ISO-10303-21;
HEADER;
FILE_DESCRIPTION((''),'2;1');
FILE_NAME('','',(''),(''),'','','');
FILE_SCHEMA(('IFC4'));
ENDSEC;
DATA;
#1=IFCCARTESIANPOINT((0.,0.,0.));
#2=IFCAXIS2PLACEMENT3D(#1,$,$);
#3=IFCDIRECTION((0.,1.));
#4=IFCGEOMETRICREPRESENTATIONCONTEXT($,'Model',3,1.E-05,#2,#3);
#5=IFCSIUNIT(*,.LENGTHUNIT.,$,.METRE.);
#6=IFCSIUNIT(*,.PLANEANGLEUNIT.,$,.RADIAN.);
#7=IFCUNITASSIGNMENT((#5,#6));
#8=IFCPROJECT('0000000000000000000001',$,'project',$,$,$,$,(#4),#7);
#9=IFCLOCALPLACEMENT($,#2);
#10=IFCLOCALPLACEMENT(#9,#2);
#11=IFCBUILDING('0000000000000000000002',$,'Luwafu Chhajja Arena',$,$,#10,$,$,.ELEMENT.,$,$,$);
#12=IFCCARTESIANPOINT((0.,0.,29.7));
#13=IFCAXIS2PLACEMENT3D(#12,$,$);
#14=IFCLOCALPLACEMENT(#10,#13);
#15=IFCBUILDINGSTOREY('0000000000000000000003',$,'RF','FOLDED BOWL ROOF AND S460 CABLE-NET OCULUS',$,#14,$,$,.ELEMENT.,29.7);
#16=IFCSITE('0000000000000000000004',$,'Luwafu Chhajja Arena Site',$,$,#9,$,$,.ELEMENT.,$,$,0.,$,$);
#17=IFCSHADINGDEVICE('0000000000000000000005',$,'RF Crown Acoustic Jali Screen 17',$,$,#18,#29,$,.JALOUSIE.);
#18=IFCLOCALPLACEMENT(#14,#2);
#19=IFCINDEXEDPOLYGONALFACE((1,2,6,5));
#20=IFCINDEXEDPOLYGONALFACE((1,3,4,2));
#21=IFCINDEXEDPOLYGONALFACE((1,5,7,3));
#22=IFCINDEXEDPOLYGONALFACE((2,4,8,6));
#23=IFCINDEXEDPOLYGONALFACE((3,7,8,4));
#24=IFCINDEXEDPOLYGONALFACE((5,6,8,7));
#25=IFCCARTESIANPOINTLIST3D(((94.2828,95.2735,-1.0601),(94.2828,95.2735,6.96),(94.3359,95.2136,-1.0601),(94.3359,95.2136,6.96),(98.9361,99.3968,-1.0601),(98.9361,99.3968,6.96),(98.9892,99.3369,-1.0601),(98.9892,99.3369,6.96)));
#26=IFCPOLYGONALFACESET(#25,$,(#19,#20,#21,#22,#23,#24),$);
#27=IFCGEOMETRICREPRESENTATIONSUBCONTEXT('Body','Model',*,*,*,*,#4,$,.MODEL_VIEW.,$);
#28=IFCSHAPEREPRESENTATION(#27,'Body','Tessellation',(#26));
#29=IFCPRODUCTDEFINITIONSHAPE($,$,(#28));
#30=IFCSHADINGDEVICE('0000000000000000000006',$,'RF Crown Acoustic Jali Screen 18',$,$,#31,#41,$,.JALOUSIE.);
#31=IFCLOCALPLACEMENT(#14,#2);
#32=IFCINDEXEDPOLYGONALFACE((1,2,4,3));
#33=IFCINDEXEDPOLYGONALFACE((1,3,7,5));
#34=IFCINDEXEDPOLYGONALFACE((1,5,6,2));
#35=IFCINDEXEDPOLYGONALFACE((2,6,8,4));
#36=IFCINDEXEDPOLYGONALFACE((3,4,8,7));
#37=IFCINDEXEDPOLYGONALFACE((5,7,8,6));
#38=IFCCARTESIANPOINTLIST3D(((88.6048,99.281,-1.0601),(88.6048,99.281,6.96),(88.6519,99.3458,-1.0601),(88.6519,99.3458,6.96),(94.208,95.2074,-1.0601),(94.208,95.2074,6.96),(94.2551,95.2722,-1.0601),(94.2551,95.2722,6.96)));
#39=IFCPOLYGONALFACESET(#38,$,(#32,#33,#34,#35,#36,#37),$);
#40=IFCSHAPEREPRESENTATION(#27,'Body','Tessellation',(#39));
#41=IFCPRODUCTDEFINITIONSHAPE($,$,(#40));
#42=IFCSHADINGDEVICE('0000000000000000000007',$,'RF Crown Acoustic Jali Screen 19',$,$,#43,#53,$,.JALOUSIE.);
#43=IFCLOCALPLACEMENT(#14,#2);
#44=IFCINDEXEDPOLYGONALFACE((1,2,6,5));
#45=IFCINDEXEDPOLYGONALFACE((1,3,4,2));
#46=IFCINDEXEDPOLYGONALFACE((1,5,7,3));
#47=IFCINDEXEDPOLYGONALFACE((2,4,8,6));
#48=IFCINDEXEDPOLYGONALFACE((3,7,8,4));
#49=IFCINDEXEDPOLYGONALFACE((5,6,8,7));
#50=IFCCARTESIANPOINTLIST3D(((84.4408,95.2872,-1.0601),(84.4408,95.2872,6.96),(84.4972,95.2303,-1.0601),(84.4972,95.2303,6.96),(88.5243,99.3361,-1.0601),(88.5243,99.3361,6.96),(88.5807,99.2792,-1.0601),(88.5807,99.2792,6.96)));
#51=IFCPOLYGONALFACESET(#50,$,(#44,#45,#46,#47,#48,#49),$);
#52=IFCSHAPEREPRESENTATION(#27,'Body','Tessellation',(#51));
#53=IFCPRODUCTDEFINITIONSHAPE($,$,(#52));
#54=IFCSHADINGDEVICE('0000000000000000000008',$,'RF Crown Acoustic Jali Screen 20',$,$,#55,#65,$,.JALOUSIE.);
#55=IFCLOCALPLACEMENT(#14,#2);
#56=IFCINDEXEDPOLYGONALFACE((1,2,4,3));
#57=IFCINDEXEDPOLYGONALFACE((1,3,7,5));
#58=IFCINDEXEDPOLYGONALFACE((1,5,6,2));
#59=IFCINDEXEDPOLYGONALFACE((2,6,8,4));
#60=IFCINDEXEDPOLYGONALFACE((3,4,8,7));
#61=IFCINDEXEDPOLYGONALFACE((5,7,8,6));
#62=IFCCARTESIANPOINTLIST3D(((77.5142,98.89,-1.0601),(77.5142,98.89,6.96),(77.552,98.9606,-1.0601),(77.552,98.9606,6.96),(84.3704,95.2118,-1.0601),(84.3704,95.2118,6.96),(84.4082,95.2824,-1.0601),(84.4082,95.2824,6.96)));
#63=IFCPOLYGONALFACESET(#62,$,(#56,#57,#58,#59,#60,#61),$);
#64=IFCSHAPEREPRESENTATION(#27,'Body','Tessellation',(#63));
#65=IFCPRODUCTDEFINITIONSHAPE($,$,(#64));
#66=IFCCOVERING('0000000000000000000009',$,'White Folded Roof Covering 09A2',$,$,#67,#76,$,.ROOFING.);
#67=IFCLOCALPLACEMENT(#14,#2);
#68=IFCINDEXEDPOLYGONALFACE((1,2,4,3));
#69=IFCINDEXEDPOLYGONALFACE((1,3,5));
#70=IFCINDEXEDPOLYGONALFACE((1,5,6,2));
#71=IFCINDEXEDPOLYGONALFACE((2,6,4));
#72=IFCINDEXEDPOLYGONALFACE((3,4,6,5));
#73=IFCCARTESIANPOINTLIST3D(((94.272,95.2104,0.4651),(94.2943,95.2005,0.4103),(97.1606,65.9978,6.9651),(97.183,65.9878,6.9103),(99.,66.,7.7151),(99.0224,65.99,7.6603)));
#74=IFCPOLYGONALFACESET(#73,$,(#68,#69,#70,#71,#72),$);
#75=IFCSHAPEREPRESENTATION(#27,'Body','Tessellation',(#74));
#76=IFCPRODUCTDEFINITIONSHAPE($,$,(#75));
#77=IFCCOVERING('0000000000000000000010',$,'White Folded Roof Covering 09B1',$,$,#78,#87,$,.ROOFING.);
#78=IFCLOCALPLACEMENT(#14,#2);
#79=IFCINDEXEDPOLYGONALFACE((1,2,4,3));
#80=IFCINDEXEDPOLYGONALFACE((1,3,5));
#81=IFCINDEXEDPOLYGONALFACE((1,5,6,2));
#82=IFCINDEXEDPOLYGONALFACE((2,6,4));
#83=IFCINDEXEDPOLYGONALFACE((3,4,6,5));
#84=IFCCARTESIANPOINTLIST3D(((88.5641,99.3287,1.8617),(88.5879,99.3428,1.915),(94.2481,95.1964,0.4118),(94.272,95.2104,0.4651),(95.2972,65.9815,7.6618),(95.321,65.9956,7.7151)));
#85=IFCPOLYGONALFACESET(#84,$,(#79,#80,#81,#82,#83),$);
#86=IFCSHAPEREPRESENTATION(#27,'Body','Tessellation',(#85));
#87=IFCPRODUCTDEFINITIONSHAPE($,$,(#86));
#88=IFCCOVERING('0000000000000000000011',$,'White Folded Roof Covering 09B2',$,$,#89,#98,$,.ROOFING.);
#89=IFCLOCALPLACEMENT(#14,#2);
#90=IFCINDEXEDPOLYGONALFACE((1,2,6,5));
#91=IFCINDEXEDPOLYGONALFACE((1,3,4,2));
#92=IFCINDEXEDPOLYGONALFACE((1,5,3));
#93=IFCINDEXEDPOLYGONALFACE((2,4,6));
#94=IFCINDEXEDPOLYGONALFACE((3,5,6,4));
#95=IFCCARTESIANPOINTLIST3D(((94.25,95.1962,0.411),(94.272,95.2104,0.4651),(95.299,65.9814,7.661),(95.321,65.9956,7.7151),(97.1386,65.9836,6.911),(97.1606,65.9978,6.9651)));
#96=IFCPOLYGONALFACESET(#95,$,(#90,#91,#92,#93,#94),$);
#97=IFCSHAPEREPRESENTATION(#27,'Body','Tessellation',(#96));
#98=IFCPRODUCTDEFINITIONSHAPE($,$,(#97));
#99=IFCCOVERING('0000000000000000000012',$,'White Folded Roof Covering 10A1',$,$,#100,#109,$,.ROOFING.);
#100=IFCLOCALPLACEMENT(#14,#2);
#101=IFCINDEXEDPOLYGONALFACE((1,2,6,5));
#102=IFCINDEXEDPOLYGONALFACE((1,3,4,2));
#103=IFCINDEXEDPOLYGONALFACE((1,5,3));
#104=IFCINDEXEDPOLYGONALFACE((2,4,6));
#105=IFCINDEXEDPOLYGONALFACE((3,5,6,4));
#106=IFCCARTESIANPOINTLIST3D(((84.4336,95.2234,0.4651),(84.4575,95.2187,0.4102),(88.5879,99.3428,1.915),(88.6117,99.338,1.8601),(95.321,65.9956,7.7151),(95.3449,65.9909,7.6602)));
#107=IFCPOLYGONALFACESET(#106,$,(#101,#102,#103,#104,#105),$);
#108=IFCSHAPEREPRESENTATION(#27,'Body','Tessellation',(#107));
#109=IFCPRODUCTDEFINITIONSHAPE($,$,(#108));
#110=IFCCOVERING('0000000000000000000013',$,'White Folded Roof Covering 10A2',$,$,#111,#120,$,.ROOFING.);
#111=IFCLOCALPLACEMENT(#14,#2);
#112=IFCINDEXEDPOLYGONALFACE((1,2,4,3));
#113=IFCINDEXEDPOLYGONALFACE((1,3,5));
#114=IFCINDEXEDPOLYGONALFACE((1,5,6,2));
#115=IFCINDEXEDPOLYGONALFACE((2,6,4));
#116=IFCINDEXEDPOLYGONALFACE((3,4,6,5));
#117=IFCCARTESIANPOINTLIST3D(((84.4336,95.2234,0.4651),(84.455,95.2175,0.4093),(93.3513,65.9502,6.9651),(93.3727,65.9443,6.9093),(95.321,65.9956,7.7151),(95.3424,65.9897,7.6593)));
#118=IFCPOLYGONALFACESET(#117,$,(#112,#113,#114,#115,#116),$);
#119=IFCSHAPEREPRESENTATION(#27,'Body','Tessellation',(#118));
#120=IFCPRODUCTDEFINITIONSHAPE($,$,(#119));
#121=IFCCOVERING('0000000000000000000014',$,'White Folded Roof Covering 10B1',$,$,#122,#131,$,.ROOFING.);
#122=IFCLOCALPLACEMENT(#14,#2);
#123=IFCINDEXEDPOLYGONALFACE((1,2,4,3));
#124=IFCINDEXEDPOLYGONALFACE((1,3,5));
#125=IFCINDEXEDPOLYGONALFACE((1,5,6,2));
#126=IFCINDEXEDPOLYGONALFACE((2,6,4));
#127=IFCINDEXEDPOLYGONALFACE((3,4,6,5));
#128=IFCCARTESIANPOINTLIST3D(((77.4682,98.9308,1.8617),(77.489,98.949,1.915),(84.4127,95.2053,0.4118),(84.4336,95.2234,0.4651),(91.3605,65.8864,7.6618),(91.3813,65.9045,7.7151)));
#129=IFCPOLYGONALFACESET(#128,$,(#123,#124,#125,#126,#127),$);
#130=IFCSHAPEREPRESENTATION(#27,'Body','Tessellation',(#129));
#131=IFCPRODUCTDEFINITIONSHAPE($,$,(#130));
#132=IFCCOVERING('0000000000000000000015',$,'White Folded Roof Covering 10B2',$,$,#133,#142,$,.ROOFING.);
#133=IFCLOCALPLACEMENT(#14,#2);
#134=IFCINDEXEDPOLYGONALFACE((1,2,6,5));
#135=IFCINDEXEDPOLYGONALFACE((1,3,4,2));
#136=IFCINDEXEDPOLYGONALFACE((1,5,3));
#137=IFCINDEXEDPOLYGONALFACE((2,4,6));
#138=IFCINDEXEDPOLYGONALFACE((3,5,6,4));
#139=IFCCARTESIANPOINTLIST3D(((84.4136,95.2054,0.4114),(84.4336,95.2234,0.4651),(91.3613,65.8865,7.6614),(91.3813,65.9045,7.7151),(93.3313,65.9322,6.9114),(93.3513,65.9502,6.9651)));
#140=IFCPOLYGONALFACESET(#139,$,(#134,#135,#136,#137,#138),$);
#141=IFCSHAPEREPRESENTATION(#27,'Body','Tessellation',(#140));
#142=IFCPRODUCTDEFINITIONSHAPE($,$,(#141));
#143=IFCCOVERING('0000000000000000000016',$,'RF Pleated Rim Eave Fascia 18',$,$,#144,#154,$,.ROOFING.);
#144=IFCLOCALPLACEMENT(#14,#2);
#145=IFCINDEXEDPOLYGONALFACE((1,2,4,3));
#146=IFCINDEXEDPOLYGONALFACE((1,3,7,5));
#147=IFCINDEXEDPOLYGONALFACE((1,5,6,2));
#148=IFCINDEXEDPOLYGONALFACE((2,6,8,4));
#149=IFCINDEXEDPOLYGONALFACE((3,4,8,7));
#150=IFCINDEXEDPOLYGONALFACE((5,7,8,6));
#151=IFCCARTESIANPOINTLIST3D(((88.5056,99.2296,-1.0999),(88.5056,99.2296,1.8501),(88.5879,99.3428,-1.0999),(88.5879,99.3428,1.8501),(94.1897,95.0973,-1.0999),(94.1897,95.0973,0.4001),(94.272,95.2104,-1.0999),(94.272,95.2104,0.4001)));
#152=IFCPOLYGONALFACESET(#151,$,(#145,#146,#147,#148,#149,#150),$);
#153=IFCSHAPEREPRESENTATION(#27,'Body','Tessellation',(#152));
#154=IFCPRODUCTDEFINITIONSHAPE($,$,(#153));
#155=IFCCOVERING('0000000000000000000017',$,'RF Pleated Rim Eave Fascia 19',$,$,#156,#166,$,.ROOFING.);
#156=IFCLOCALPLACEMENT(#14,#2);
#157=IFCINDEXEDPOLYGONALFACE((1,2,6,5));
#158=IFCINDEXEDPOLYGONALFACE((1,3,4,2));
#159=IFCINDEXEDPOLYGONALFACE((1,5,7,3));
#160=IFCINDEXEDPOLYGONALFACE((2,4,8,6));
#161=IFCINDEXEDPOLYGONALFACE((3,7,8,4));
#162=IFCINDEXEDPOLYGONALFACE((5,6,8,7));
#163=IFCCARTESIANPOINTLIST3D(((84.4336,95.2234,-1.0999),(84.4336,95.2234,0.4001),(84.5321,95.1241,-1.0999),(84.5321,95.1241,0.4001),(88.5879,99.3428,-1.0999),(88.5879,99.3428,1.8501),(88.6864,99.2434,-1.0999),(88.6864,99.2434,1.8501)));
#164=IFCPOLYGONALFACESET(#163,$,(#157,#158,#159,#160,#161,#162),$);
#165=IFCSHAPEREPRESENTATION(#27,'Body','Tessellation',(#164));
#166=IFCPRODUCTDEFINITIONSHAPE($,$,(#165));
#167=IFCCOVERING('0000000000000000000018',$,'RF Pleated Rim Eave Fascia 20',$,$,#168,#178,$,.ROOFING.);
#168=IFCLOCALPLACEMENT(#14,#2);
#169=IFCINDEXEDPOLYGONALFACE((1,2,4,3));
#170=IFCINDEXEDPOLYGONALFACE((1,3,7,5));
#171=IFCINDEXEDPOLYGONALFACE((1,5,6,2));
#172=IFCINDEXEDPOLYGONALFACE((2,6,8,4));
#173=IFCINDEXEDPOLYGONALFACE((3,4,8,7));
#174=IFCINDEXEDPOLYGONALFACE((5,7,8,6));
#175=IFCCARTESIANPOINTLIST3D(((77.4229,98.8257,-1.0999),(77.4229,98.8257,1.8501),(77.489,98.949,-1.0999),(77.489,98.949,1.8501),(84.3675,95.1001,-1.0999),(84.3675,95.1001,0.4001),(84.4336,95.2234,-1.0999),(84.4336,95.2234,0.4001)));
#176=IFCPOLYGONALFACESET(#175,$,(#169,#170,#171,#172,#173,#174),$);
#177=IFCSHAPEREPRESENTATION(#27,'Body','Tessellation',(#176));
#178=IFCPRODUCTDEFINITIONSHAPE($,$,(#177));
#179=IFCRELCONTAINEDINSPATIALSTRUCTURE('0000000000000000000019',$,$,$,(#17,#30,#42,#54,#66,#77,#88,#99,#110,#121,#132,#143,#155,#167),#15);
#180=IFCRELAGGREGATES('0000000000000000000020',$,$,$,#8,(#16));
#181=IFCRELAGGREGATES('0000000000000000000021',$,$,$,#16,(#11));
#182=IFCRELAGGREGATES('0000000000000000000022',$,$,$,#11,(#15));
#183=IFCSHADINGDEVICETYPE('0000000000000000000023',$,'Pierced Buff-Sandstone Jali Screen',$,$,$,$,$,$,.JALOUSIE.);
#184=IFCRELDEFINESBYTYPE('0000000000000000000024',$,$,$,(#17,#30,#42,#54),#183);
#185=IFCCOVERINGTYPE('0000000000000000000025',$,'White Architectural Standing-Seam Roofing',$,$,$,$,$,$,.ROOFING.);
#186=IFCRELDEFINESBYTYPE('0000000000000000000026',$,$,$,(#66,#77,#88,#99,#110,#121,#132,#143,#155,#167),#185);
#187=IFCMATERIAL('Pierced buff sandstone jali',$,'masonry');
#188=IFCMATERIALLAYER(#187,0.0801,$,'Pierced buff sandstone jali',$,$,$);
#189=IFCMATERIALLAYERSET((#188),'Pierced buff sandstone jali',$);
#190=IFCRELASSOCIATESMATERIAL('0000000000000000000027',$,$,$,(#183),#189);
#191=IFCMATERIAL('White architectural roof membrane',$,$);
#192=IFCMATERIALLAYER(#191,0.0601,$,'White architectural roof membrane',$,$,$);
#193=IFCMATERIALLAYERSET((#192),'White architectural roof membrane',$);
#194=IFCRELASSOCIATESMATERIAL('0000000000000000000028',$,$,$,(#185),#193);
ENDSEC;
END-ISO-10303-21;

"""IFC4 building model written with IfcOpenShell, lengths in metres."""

from ifc_helpers import new_model, si_unit, direction, frame, origin, origin_2d, place, context, subcontext, project, spatial, polyline, rectangle, outline, extrude, material, layer, layer_set, type_object, element, save


model = new_model("IFC4")

# Units and contexts
model_context = context("Model", 3, precision=1e-05, world=origin(), true_north=direction((0.0, 1.0)))
body_context = subcontext(model_context, "Body", "Model", "MODEL_VIEW")
ifc_project = project(units=[si_unit("LENGTHUNIT", "METRE"), si_unit("PLANEANGLEUNIT", "RADIAN")], contexts=[model_context])

# Site, building, storey
site_placement = place(None, origin())
site = spatial("IfcSite", under=ifc_project, at=site_placement, Name="Luwafu Chhajja Arena Site", CompositionType="ELEMENT", RefElevation=0.0)
building_placement = place(site_placement, origin())
building = spatial("IfcBuilding", under=site, at=building_placement, Name="Luwafu Chhajja Arena", CompositionType="ELEMENT")
storey_placement = place(building_placement, frame((0.0, 0.0, 29.7)))
storey = spatial("IfcBuildingStorey", under=building, at=storey_placement, Name="RF", Description="FOLDED BOWL ROOF AND S460 CABLE-NET OCULUS", CompositionType="ELEMENT", Elevation=29.7)

# Shading devices
ifc_material_1 = material(Name="Pierced buff sandstone jali", Category="masonry")
ifc_layer_1 = layer(ifc_material_1, 0.0801, Name="Pierced buff sandstone jali")
ifc_layer_set_1 = layer_set([ifc_layer_1], Name="Pierced buff sandstone jali")
shading_device_type = type_object("IfcShadingDeviceType", Name="Pierced Buff-Sandstone Jali Screen", PredefinedType="JALOUSIE", material=ifc_layer_set_1)
shading_device_1_placement = place(storey_placement, frame((96.636, 97.3052, -1.0601), z_axis=(0.0, 0.0, 1.0), x_axis=(-0.748442, -0.6632, 0.0)))
element("IfcShadingDevice", 1, at=shading_device_1_placement, inside=storey, type_object=shading_device_type, Name="RF Crown Acoustic Jali Screen 17", PredefinedType="JALOUSIE", context=body_context, shape_type="SweptSolid", body=[
    extrude(rectangle(XDim=6.2173, YDim=0.0801, at=origin_2d()), origin(), (0.0, 0.0, 1.0), 8.02),
])
shading_device_2_placement = place(storey_placement, frame((91.4299, 97.2766, -1.0601), z_axis=(0.0, 0.0, 1.0), x_axis=(-0.808839, 0.58803, 0.0)))
element("IfcShadingDevice", 2, at=shading_device_2_placement, inside=storey, type_object=shading_device_type, Name="RF Crown Acoustic Jali Screen 18", PredefinedType="JALOUSIE", context=body_context, shape_type="SweptSolid", body=[
    extrude(rectangle(XDim=6.9275, YDim=0.0801, at=origin_2d()), origin(), (0.0, 0.0, 1.0), 8.02),
])
shading_device_3_placement = place(storey_placement, frame((86.5107, 97.2832, -1.0601), z_axis=(0.0, 0.0, 1.0), x_axis=(-0.710109, -0.704092, 0.0)))
element("IfcShadingDevice", 3, at=shading_device_3_placement, inside=storey, type_object=shading_device_type, Name="RF Crown Acoustic Jali Screen 19", PredefinedType="JALOUSIE", context=body_context, shape_type="SweptSolid", body=[
    extrude(rectangle(XDim=5.7505, YDim=0.0801, at=origin_2d()), origin(), (0.0, 0.0, 1.0), 8.02),
])
shading_device_4_placement = place(storey_placement, frame((80.9612, 97.0862, -1.0601), z_axis=(0.0, 0.0, 1.0), x_axis=(-0.881201, 0.472742, 0.0)))
element("IfcShadingDevice", 4, at=shading_device_4_placement, inside=storey, type_object=shading_device_type, Name="RF Crown Acoustic Jali Screen 20", PredefinedType="JALOUSIE", context=body_context, shape_type="SweptSolid", body=[
    extrude(rectangle(XDim=7.7805, YDim=0.0801, at=origin_2d()), origin(), (0.0, 0.0, 1.0), 8.02),
])

# Coverings
ifc_material_2 = material(Name="White architectural roof membrane")
ifc_layer_2 = layer(ifc_material_2, 0.0601, Name="White architectural roof membrane")
ifc_layer_set_2 = layer_set([ifc_layer_2], Name="White architectural roof membrane")
covering_type = type_object("IfcCoveringType", Name="White Architectural Standing-Seam Roofing", PredefinedType="ROOFING", material=ifc_layer_set_2)
covering_1_placement = place(storey_placement, frame((94.272, 95.2104, 0.4651), z_axis=(-0.372482, 0.166319, 0.913014), x_axis=(0.096077, -0.971613, 0.21619)))
element("IfcCovering", 5, at=covering_1_placement, inside=storey, type_object=covering_type, Name="White Folded Roof Covering 09A2", PredefinedType="ROOFING", context=body_context, shape_type="SweptSolid", body=[
    extrude(outline(polyline([(0.0, 0.0), (30.0661, 0.0), (30.4029, 1.9576), (0.0, 0.0)])), origin(), (0.0, 0.0, -1.0), 0.0601),
])
covering_2_placement = place(storey_placement, frame((94.272, 95.2104, 0.4651), z_axis=(0.39684, 0.234477, 0.887434), x_axis=(-0.792156, 0.575897, 0.202071)))
element("IfcCovering", 6, at=covering_2_placement, inside=storey, type_object=covering_type, Name="White Folded Roof Covering 09B1", PredefinedType="ROOFING", context=body_context, shape_type="SweptSolid", body=[
    extrude(outline(polyline([(0.0, 0.0), (7.1755, 0.0), (-16.1907, 25.3974), (0.0, 0.0)])), origin(), (0.0, 0.0, -1.0), 0.0601),
])
covering_3_placement = place(storey_placement, frame((94.272, 95.2104, 0.4651), z_axis=(0.366578, 0.236468, 0.899835), x_axis=(0.034831, -0.969972, 0.24071)))
element("IfcCovering", 7, at=covering_3_placement, inside=storey, type_object=covering_type, Name="White Folded Roof Covering 09B2", PredefinedType="ROOFING", context=body_context, shape_type="SweptSolid", body=[
    extrude(outline(polyline([(0.0, 0.0), (30.1193, 0.0), (30.0007, 1.9831), (0.0, 0.0)])), origin(), (0.0, 0.0, -1.0), 0.0601),
])
covering_4_placement = place(storey_placement, frame((88.5879, 99.3428, 1.915), z_axis=(-0.397268, 0.078813, 0.914312), x_axis=(-0.689232, -0.68344, -0.240559)))
element("IfcCovering", 8, at=covering_4_placement, inside=storey, type_object=covering_type, Name="White Folded Roof Covering 10A1", PredefinedType="ROOFING", context=body_context, shape_type="SweptSolid", body=[
    extrude(outline(polyline([(0.0, 0.0), (6.0274, 0.0), (16.7548, 30.1709), (0.0, 0.0)])), origin(), (0.0, 0.0, -1.0), 0.0601),
])
covering_5_placement = place(storey_placement, frame((84.4336, 95.2234, 0.4651), z_axis=(-0.356103, 0.097867, 0.929308), x_axis=(0.285056, -0.935721, 0.207773)))
element("IfcCovering", 9, at=covering_5_placement, inside=storey, type_object=covering_type, Name="White Folded Roof Covering 10A2", PredefinedType="ROOFING", context=body_context, shape_type="SweptSolid", body=[
    extrude(outline(polyline([(0.0, 0.0), (31.2841, 0.0), (31.9589, 1.9972), (0.0, 0.0)])), origin(), (0.0, 0.0, -1.0), 0.0601),
])
covering_6_placement = place(storey_placement, frame((84.4336, 95.2234, 0.4651), z_axis=(0.347306, 0.301849, 0.887843), x_axis=(-0.866655, 0.464938, 0.180948)))
element("IfcCovering", 10, at=covering_6_placement, inside=storey, type_object=covering_type, Name="White Folded Roof Covering 10B1", PredefinedType="ROOFING", context=body_context, shape_type="SweptSolid", body=[
    extrude(outline(polyline([(0.0, 0.0), (8.0131, 0.0), (-18.3409, 24.9808), (0.0, 0.0)])), origin(), (0.0, 0.0, -1.0), 0.0601),
])
covering_7_placement = place(storey_placement, frame((84.4336, 95.2234, 0.4651), z_axis=(0.333332, 0.300011, 0.893802), x_axis=(0.224188, -0.946051, 0.233941)))
element("IfcCovering", 11, at=covering_7_placement, inside=storey, type_object=covering_type, Name="White Folded Roof Covering 10B2", PredefinedType="ROOFING", context=body_context, shape_type="SweptSolid", body=[
    extrude(outline(polyline([(0.0, 0.0), (30.9908, 0.0), (31.2138, 2.0966), (0.0, 0.0)])), origin(), (0.0, 0.0, -1.0), 0.0601),
])
covering_8_placement = place(storey_placement, frame((94.272, 95.2104, -1.0999), z_axis=(0.588027, 0.808841, 0.0), x_axis=(-0.808841, 0.588027, 0.0)))
element("IfcCovering", 12, at=covering_8_placement, inside=storey, type_object=covering_type, Name="RF Pleated Rim Eave Fascia 18", PredefinedType="ROOFING", context=body_context, shape_type="SweptSolid", body=[
    extrude(outline(polyline([(0.0, 0.0), (7.0274, 0.0), (7.0274, 2.95), (0.0, 1.5), (0.0, 0.0)])), origin(), (0.0, 0.0, -1.0), 0.1399),
])
covering_9_placement = place(storey_placement, frame((88.5879, 99.3428, -1.0999), z_axis=(-0.704117, 0.710084, 0.0), x_axis=(-0.710084, -0.704117, 0.0)))
element("IfcCovering", 13, at=covering_9_placement, inside=storey, type_object=covering_type, Name="RF Pleated Rim Eave Fascia 19", PredefinedType="ROOFING", context=body_context, shape_type="SweptSolid", body=[
    extrude(outline(polyline([(0.0, 0.0), (5.8504, 0.0), (5.8504, 1.5), (0.0, 2.95), (0.0, 0.0)])), origin(), (0.0, 0.0, -1.0), 0.1399),
])
covering_10_placement = place(storey_placement, frame((84.4336, 95.2234, -1.0999), z_axis=(0.472741, 0.881201, 0.0), x_axis=(-0.881201, 0.472741, 0.0)))
element("IfcCovering", 14, at=covering_10_placement, inside=storey, type_object=covering_type, Name="RF Pleated Rim Eave Fascia 20", PredefinedType="ROOFING", context=body_context, shape_type="SweptSolid", body=[
    extrude(outline(polyline([(0.0, 0.0), (7.8808, 0.0), (7.8808, 2.95), (0.0, 1.5), (0.0, 0.0)])), origin(), (0.0, 0.0, -1.0), 0.1399),
])

save(model, "model.ifc")
